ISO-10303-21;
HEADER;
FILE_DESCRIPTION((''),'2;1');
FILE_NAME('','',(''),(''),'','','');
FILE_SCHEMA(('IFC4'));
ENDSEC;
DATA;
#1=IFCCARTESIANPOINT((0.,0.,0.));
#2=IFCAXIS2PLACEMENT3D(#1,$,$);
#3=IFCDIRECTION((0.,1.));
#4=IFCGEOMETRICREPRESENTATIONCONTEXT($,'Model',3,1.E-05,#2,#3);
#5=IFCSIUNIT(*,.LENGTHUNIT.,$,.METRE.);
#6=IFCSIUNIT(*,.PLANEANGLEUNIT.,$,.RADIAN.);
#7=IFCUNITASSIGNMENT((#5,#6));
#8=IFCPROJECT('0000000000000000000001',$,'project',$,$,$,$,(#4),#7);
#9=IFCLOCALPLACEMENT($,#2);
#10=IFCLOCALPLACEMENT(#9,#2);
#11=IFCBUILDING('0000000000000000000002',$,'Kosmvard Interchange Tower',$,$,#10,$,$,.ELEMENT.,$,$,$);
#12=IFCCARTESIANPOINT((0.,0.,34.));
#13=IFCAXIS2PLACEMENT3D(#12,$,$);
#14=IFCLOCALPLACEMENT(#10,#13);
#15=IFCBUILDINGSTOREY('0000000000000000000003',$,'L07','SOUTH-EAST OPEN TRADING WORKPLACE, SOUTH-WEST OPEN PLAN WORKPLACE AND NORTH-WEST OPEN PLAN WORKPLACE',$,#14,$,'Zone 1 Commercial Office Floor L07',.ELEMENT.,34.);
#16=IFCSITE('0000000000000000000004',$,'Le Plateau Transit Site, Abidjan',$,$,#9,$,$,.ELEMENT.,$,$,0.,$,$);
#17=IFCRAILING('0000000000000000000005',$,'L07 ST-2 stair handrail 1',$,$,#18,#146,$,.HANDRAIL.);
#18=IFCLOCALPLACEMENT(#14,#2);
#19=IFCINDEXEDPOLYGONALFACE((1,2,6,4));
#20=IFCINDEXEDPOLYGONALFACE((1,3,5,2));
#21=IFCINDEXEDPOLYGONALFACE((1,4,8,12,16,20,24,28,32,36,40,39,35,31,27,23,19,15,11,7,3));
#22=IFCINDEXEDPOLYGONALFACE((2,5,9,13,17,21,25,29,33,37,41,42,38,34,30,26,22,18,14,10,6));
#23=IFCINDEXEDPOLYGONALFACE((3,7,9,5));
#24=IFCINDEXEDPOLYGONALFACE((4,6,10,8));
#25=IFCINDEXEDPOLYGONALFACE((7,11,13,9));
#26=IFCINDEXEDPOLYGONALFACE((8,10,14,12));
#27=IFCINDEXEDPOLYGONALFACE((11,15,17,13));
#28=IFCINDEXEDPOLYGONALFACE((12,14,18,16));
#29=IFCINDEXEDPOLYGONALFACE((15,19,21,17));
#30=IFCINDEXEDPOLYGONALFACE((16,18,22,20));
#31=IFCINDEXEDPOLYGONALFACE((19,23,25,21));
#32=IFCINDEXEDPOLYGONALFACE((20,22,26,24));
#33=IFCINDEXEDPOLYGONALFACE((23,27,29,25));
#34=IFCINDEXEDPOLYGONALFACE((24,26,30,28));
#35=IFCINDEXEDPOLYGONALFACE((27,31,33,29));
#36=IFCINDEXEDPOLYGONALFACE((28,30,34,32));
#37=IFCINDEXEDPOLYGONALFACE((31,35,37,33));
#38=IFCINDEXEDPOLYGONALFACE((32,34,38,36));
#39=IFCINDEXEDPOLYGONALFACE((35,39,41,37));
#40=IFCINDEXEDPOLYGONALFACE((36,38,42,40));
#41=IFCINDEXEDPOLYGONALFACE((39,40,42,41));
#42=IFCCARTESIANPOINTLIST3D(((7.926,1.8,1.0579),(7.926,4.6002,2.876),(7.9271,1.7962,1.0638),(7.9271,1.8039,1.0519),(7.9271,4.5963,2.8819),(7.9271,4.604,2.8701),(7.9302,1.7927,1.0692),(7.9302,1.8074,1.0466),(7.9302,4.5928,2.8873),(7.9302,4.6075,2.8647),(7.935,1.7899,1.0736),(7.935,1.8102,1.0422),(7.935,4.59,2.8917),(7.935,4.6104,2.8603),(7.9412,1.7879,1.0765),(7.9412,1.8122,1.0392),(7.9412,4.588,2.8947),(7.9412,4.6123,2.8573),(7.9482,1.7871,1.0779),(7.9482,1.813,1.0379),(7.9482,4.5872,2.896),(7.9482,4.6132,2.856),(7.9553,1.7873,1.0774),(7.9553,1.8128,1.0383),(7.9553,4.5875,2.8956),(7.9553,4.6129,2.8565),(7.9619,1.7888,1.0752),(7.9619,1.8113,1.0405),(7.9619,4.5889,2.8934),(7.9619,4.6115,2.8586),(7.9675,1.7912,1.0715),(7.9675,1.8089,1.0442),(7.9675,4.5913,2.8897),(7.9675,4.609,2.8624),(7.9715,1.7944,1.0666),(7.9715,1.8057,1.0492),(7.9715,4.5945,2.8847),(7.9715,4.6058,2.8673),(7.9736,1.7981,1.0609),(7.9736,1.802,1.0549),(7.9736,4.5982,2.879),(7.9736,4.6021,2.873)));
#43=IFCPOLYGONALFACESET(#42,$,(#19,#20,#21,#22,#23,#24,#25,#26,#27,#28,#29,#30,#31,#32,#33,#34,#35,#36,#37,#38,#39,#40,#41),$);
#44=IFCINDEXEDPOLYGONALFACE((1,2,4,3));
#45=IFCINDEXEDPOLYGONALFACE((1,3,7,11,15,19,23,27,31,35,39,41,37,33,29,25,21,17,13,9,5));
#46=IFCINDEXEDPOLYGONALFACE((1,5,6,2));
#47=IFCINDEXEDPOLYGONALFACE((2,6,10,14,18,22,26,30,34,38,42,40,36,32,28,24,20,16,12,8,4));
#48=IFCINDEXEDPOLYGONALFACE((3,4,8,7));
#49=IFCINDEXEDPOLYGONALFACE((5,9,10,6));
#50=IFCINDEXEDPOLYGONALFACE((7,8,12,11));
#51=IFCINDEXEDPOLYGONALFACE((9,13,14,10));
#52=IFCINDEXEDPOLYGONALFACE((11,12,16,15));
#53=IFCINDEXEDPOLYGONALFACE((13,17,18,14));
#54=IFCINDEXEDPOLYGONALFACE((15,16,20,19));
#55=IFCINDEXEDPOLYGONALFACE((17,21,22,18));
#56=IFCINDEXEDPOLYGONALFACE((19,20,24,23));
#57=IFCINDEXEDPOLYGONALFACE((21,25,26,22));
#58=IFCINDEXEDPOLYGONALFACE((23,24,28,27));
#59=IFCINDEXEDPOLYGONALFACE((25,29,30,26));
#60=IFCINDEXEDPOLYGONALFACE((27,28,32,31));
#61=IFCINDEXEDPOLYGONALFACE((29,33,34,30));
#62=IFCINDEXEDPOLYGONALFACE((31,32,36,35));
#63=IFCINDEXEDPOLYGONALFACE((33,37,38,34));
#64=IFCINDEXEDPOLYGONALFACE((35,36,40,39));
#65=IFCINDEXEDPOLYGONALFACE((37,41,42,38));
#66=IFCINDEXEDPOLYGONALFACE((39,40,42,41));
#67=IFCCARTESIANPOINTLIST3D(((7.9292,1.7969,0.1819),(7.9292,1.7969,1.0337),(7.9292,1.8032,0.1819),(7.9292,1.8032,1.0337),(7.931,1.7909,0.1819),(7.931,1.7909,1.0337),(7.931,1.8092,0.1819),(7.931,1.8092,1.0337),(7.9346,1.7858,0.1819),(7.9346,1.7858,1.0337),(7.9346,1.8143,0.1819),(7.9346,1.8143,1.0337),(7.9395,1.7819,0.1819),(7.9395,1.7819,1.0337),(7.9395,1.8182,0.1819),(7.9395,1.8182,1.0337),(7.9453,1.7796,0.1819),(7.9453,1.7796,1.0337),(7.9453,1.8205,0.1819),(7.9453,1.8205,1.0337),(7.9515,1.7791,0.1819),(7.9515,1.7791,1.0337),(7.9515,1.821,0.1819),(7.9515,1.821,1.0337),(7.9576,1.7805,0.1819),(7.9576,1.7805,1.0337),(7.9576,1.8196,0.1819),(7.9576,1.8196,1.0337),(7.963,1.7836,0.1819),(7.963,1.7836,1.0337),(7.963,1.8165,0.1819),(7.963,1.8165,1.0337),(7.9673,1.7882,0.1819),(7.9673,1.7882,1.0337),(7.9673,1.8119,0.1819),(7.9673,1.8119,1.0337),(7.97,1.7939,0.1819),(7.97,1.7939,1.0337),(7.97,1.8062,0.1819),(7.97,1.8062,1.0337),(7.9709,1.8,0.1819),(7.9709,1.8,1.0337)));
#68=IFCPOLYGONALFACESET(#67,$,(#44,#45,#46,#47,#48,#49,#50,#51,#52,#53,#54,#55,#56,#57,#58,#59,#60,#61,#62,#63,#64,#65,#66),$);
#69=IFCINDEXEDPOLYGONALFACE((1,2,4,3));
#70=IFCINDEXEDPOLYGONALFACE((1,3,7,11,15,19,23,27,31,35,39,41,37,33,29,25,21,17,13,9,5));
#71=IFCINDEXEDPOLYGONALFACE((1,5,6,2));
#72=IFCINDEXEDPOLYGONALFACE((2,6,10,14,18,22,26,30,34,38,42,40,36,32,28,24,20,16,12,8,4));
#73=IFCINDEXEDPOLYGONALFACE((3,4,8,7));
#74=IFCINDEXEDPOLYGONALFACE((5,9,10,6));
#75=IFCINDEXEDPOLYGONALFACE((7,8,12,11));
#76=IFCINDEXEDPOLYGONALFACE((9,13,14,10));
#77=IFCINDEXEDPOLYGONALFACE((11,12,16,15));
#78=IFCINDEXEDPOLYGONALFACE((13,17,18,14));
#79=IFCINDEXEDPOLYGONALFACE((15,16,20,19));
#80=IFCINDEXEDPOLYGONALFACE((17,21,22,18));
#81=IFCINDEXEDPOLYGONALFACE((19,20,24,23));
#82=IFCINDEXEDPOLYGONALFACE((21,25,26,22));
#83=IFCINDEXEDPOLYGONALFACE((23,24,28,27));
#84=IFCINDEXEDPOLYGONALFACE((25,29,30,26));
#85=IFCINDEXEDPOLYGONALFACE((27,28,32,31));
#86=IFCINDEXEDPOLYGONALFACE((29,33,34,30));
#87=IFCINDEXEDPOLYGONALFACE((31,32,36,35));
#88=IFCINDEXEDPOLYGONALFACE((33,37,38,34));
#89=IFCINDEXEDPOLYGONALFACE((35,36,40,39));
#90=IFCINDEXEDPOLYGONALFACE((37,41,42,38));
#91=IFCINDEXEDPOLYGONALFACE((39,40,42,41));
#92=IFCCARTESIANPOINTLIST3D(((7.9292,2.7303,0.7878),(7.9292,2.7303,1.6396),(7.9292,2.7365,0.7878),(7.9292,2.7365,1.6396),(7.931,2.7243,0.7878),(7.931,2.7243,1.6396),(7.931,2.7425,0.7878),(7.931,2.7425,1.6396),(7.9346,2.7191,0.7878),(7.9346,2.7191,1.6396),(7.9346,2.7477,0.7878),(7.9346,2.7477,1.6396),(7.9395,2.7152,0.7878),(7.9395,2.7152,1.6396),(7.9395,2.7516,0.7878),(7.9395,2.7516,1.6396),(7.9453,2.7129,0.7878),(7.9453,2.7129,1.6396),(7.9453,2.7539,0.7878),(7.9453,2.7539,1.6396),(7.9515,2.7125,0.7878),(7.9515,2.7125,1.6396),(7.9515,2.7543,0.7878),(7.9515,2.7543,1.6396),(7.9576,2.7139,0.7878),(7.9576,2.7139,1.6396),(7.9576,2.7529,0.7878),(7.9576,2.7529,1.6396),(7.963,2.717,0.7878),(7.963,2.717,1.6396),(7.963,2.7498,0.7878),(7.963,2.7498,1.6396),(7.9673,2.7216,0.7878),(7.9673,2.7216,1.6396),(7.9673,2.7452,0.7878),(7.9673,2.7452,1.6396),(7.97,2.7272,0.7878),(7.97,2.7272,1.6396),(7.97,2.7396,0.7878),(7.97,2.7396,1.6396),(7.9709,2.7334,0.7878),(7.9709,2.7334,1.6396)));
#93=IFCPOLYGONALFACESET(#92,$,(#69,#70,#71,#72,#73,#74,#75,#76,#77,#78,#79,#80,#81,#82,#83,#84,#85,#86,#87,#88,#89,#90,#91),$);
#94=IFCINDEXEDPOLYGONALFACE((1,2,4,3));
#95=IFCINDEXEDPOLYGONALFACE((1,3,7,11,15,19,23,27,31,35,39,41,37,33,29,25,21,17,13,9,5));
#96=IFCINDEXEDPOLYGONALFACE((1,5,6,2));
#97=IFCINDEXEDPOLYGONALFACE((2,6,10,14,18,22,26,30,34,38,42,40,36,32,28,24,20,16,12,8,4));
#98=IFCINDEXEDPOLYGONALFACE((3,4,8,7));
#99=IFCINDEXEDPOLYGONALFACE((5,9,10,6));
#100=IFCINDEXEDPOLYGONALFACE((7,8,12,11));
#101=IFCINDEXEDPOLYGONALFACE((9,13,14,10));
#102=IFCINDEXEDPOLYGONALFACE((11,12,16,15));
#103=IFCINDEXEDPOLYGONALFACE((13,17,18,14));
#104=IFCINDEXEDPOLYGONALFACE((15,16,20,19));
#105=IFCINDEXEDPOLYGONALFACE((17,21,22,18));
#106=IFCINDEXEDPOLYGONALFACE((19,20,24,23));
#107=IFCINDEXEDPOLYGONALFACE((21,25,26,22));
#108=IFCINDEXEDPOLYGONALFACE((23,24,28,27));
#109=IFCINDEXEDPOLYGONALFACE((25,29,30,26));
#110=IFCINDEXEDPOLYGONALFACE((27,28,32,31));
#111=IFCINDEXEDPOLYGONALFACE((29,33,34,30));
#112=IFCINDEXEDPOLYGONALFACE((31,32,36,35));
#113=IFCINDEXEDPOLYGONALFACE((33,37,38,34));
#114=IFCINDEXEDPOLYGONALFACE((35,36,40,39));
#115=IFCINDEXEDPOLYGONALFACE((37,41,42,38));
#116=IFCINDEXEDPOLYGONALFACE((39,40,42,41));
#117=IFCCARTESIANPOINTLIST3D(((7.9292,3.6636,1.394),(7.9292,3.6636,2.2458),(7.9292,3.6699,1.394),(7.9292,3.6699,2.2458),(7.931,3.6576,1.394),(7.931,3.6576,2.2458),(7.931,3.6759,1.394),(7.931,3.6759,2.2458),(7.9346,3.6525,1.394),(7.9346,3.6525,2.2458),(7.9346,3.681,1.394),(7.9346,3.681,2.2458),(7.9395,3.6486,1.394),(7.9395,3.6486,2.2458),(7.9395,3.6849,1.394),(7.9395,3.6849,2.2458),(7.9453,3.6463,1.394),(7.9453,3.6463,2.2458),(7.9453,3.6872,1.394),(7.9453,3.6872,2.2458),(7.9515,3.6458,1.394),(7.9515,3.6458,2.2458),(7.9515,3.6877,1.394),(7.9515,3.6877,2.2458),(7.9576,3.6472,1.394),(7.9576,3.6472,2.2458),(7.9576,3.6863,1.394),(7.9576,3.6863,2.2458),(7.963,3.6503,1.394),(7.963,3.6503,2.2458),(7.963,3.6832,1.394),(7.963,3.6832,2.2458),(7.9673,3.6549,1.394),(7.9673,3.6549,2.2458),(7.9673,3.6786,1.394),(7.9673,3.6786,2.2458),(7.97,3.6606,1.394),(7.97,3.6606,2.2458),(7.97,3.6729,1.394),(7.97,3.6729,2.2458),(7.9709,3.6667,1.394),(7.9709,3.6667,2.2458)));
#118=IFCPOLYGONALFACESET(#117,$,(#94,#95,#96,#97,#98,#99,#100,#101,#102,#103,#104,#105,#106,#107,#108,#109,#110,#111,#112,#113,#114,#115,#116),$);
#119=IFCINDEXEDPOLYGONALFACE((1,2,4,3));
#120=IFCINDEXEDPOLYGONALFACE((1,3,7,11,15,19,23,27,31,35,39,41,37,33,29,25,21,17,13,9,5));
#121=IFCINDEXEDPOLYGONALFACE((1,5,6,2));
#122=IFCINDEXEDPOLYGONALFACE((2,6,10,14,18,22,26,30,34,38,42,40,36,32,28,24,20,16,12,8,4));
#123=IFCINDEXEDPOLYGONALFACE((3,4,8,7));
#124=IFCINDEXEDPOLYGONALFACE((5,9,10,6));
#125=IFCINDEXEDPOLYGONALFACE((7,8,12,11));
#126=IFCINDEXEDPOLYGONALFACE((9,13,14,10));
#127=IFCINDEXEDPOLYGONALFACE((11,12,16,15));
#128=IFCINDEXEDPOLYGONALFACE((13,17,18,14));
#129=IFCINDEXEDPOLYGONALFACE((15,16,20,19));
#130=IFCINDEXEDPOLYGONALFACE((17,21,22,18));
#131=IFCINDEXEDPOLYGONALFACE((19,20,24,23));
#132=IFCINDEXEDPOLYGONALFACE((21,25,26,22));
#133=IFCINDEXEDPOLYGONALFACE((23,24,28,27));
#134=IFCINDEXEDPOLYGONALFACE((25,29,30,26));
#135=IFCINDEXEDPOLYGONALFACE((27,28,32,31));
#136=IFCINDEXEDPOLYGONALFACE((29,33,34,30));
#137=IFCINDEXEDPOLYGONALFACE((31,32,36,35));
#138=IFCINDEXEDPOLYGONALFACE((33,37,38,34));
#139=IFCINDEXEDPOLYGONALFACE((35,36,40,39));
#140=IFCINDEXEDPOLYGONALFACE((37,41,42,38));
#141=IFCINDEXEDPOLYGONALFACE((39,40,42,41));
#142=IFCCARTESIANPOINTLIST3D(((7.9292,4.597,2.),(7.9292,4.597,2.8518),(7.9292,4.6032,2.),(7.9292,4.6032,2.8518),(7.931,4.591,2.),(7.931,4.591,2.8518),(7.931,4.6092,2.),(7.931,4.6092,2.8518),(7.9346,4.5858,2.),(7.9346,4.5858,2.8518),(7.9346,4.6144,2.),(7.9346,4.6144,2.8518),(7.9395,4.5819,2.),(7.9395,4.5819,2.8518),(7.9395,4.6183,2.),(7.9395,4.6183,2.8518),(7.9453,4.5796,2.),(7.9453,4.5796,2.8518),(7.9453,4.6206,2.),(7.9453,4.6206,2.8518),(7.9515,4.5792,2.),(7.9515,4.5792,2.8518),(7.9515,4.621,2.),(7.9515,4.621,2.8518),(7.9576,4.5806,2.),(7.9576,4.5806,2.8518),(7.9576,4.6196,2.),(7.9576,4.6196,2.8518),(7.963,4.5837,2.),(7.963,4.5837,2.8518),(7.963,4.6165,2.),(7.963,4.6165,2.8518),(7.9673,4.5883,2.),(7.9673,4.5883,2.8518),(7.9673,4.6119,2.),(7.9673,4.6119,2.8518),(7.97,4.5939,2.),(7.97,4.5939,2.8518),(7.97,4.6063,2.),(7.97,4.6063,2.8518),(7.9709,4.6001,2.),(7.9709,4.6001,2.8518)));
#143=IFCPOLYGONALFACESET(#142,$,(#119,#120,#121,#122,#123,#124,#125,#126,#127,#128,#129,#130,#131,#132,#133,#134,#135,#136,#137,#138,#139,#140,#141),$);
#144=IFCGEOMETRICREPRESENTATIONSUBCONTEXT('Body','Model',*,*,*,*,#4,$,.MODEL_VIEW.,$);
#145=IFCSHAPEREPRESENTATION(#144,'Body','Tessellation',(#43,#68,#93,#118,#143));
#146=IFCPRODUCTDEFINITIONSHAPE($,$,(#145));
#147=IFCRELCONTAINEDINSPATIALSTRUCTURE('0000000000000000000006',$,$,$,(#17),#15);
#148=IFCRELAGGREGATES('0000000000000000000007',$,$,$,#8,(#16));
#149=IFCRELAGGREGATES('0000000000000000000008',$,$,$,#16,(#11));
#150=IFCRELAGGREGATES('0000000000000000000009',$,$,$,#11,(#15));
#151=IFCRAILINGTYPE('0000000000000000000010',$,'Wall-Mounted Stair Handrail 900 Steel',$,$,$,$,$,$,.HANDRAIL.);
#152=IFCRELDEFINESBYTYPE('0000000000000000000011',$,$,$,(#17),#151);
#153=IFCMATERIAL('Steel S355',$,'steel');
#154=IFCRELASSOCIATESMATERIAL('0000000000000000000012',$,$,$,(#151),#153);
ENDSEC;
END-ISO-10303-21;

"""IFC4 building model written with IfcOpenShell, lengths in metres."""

from ifc_helpers import new_model, si_unit, direction, frame, origin, origin_2d, place, context, subcontext, project, spatial, circle, extrude, source, transform, mapped, material, type_object, element, save


model = new_model("IFC4")

# Units and contexts
model_context = context("Model", 3, precision=1e-05, world=origin(), true_north=direction((0.0, 1.0)))
body_context = subcontext(model_context, "Body", "Model", "MODEL_VIEW")
ifc_project = project(units=[si_unit("LENGTHUNIT", "METRE"), si_unit("PLANEANGLEUNIT", "RADIAN")], contexts=[model_context])

# Site, building, storey
site_placement = place(None, origin())
site = spatial("IfcSite", under=ifc_project, at=site_placement, Name="Le Plateau Transit Site, Abidjan", CompositionType="ELEMENT", RefElevation=0.0)
building_placement = place(site_placement, origin())
building = spatial("IfcBuilding", under=site, at=building_placement, Name="Kosmvard Interchange Tower", CompositionType="ELEMENT")
storey_placement = place(building_placement, frame((0.0, 0.0, 34.0)))
storey = spatial("IfcBuildingStorey", under=building, at=storey_placement, Name="L07", Description="SOUTH-EAST OPEN TRADING WORKPLACE, SOUTH-WEST OPEN PLAN WORKPLACE AND NORTH-WEST OPEN PLAN WORKPLACE", LongName="Zone 1 Commercial Office Floor L07", CompositionType="ELEMENT", Elevation=34.0)

# Shared definitions
ifc_material_1 = material(Name="Steel S355", Category="steel")

# Railing
railing_type_1 = type_object("IfcRailingType", Name="Wall-Mounted Stair Handrail 900 Steel", PredefinedType="HANDRAIL", material=ifc_material_1)
shared_shape_1 = source(origin(), body_context, "Body", "SweptSolid", [
    extrude(circle(Radius=0.0239, at=origin_2d()), frame((0.0, 0.0, 0.876), z_axis=(0.0, 0.838706, 0.544585), x_axis=(-1.0, 0.0, 0.0)), (0.0, 0.0, 1.0), 3.3386),
    extrude(circle(Radius=0.021, at=origin_2d()), origin(), (0.0, 0.0, 1.0), 0.8518),
    extrude(circle(Radius=0.021, at=origin_2d()), frame((0.0, 0.9333, 0.606)), (0.0, 0.0, 1.0), 0.8518),
    extrude(circle(Radius=0.021, at=origin_2d()), frame((0.0, 1.8667, 1.2122)), (0.0, 0.0, 1.0), 0.8518),
    extrude(circle(Radius=0.021, at=origin_2d()), frame((0.0, 2.8, 1.8181)), (0.0, 0.0, 1.0), 0.8518),
])
railing_1_placement = place(storey_placement, frame((7.95, 1.8, 0.1819)))
element("IfcRailing", 1, at=railing_1_placement, inside=storey, type_object=railing_type_1, Name="L07 ST-2 stair handrail 1", PredefinedType="HANDRAIL", context=body_context, shape_type="MappedRepresentation", body=[
    mapped(shared_shape_1, transform((0.0, 0.0, 0.0), scale=1.0)),
])

save(model, "model.ifc")
